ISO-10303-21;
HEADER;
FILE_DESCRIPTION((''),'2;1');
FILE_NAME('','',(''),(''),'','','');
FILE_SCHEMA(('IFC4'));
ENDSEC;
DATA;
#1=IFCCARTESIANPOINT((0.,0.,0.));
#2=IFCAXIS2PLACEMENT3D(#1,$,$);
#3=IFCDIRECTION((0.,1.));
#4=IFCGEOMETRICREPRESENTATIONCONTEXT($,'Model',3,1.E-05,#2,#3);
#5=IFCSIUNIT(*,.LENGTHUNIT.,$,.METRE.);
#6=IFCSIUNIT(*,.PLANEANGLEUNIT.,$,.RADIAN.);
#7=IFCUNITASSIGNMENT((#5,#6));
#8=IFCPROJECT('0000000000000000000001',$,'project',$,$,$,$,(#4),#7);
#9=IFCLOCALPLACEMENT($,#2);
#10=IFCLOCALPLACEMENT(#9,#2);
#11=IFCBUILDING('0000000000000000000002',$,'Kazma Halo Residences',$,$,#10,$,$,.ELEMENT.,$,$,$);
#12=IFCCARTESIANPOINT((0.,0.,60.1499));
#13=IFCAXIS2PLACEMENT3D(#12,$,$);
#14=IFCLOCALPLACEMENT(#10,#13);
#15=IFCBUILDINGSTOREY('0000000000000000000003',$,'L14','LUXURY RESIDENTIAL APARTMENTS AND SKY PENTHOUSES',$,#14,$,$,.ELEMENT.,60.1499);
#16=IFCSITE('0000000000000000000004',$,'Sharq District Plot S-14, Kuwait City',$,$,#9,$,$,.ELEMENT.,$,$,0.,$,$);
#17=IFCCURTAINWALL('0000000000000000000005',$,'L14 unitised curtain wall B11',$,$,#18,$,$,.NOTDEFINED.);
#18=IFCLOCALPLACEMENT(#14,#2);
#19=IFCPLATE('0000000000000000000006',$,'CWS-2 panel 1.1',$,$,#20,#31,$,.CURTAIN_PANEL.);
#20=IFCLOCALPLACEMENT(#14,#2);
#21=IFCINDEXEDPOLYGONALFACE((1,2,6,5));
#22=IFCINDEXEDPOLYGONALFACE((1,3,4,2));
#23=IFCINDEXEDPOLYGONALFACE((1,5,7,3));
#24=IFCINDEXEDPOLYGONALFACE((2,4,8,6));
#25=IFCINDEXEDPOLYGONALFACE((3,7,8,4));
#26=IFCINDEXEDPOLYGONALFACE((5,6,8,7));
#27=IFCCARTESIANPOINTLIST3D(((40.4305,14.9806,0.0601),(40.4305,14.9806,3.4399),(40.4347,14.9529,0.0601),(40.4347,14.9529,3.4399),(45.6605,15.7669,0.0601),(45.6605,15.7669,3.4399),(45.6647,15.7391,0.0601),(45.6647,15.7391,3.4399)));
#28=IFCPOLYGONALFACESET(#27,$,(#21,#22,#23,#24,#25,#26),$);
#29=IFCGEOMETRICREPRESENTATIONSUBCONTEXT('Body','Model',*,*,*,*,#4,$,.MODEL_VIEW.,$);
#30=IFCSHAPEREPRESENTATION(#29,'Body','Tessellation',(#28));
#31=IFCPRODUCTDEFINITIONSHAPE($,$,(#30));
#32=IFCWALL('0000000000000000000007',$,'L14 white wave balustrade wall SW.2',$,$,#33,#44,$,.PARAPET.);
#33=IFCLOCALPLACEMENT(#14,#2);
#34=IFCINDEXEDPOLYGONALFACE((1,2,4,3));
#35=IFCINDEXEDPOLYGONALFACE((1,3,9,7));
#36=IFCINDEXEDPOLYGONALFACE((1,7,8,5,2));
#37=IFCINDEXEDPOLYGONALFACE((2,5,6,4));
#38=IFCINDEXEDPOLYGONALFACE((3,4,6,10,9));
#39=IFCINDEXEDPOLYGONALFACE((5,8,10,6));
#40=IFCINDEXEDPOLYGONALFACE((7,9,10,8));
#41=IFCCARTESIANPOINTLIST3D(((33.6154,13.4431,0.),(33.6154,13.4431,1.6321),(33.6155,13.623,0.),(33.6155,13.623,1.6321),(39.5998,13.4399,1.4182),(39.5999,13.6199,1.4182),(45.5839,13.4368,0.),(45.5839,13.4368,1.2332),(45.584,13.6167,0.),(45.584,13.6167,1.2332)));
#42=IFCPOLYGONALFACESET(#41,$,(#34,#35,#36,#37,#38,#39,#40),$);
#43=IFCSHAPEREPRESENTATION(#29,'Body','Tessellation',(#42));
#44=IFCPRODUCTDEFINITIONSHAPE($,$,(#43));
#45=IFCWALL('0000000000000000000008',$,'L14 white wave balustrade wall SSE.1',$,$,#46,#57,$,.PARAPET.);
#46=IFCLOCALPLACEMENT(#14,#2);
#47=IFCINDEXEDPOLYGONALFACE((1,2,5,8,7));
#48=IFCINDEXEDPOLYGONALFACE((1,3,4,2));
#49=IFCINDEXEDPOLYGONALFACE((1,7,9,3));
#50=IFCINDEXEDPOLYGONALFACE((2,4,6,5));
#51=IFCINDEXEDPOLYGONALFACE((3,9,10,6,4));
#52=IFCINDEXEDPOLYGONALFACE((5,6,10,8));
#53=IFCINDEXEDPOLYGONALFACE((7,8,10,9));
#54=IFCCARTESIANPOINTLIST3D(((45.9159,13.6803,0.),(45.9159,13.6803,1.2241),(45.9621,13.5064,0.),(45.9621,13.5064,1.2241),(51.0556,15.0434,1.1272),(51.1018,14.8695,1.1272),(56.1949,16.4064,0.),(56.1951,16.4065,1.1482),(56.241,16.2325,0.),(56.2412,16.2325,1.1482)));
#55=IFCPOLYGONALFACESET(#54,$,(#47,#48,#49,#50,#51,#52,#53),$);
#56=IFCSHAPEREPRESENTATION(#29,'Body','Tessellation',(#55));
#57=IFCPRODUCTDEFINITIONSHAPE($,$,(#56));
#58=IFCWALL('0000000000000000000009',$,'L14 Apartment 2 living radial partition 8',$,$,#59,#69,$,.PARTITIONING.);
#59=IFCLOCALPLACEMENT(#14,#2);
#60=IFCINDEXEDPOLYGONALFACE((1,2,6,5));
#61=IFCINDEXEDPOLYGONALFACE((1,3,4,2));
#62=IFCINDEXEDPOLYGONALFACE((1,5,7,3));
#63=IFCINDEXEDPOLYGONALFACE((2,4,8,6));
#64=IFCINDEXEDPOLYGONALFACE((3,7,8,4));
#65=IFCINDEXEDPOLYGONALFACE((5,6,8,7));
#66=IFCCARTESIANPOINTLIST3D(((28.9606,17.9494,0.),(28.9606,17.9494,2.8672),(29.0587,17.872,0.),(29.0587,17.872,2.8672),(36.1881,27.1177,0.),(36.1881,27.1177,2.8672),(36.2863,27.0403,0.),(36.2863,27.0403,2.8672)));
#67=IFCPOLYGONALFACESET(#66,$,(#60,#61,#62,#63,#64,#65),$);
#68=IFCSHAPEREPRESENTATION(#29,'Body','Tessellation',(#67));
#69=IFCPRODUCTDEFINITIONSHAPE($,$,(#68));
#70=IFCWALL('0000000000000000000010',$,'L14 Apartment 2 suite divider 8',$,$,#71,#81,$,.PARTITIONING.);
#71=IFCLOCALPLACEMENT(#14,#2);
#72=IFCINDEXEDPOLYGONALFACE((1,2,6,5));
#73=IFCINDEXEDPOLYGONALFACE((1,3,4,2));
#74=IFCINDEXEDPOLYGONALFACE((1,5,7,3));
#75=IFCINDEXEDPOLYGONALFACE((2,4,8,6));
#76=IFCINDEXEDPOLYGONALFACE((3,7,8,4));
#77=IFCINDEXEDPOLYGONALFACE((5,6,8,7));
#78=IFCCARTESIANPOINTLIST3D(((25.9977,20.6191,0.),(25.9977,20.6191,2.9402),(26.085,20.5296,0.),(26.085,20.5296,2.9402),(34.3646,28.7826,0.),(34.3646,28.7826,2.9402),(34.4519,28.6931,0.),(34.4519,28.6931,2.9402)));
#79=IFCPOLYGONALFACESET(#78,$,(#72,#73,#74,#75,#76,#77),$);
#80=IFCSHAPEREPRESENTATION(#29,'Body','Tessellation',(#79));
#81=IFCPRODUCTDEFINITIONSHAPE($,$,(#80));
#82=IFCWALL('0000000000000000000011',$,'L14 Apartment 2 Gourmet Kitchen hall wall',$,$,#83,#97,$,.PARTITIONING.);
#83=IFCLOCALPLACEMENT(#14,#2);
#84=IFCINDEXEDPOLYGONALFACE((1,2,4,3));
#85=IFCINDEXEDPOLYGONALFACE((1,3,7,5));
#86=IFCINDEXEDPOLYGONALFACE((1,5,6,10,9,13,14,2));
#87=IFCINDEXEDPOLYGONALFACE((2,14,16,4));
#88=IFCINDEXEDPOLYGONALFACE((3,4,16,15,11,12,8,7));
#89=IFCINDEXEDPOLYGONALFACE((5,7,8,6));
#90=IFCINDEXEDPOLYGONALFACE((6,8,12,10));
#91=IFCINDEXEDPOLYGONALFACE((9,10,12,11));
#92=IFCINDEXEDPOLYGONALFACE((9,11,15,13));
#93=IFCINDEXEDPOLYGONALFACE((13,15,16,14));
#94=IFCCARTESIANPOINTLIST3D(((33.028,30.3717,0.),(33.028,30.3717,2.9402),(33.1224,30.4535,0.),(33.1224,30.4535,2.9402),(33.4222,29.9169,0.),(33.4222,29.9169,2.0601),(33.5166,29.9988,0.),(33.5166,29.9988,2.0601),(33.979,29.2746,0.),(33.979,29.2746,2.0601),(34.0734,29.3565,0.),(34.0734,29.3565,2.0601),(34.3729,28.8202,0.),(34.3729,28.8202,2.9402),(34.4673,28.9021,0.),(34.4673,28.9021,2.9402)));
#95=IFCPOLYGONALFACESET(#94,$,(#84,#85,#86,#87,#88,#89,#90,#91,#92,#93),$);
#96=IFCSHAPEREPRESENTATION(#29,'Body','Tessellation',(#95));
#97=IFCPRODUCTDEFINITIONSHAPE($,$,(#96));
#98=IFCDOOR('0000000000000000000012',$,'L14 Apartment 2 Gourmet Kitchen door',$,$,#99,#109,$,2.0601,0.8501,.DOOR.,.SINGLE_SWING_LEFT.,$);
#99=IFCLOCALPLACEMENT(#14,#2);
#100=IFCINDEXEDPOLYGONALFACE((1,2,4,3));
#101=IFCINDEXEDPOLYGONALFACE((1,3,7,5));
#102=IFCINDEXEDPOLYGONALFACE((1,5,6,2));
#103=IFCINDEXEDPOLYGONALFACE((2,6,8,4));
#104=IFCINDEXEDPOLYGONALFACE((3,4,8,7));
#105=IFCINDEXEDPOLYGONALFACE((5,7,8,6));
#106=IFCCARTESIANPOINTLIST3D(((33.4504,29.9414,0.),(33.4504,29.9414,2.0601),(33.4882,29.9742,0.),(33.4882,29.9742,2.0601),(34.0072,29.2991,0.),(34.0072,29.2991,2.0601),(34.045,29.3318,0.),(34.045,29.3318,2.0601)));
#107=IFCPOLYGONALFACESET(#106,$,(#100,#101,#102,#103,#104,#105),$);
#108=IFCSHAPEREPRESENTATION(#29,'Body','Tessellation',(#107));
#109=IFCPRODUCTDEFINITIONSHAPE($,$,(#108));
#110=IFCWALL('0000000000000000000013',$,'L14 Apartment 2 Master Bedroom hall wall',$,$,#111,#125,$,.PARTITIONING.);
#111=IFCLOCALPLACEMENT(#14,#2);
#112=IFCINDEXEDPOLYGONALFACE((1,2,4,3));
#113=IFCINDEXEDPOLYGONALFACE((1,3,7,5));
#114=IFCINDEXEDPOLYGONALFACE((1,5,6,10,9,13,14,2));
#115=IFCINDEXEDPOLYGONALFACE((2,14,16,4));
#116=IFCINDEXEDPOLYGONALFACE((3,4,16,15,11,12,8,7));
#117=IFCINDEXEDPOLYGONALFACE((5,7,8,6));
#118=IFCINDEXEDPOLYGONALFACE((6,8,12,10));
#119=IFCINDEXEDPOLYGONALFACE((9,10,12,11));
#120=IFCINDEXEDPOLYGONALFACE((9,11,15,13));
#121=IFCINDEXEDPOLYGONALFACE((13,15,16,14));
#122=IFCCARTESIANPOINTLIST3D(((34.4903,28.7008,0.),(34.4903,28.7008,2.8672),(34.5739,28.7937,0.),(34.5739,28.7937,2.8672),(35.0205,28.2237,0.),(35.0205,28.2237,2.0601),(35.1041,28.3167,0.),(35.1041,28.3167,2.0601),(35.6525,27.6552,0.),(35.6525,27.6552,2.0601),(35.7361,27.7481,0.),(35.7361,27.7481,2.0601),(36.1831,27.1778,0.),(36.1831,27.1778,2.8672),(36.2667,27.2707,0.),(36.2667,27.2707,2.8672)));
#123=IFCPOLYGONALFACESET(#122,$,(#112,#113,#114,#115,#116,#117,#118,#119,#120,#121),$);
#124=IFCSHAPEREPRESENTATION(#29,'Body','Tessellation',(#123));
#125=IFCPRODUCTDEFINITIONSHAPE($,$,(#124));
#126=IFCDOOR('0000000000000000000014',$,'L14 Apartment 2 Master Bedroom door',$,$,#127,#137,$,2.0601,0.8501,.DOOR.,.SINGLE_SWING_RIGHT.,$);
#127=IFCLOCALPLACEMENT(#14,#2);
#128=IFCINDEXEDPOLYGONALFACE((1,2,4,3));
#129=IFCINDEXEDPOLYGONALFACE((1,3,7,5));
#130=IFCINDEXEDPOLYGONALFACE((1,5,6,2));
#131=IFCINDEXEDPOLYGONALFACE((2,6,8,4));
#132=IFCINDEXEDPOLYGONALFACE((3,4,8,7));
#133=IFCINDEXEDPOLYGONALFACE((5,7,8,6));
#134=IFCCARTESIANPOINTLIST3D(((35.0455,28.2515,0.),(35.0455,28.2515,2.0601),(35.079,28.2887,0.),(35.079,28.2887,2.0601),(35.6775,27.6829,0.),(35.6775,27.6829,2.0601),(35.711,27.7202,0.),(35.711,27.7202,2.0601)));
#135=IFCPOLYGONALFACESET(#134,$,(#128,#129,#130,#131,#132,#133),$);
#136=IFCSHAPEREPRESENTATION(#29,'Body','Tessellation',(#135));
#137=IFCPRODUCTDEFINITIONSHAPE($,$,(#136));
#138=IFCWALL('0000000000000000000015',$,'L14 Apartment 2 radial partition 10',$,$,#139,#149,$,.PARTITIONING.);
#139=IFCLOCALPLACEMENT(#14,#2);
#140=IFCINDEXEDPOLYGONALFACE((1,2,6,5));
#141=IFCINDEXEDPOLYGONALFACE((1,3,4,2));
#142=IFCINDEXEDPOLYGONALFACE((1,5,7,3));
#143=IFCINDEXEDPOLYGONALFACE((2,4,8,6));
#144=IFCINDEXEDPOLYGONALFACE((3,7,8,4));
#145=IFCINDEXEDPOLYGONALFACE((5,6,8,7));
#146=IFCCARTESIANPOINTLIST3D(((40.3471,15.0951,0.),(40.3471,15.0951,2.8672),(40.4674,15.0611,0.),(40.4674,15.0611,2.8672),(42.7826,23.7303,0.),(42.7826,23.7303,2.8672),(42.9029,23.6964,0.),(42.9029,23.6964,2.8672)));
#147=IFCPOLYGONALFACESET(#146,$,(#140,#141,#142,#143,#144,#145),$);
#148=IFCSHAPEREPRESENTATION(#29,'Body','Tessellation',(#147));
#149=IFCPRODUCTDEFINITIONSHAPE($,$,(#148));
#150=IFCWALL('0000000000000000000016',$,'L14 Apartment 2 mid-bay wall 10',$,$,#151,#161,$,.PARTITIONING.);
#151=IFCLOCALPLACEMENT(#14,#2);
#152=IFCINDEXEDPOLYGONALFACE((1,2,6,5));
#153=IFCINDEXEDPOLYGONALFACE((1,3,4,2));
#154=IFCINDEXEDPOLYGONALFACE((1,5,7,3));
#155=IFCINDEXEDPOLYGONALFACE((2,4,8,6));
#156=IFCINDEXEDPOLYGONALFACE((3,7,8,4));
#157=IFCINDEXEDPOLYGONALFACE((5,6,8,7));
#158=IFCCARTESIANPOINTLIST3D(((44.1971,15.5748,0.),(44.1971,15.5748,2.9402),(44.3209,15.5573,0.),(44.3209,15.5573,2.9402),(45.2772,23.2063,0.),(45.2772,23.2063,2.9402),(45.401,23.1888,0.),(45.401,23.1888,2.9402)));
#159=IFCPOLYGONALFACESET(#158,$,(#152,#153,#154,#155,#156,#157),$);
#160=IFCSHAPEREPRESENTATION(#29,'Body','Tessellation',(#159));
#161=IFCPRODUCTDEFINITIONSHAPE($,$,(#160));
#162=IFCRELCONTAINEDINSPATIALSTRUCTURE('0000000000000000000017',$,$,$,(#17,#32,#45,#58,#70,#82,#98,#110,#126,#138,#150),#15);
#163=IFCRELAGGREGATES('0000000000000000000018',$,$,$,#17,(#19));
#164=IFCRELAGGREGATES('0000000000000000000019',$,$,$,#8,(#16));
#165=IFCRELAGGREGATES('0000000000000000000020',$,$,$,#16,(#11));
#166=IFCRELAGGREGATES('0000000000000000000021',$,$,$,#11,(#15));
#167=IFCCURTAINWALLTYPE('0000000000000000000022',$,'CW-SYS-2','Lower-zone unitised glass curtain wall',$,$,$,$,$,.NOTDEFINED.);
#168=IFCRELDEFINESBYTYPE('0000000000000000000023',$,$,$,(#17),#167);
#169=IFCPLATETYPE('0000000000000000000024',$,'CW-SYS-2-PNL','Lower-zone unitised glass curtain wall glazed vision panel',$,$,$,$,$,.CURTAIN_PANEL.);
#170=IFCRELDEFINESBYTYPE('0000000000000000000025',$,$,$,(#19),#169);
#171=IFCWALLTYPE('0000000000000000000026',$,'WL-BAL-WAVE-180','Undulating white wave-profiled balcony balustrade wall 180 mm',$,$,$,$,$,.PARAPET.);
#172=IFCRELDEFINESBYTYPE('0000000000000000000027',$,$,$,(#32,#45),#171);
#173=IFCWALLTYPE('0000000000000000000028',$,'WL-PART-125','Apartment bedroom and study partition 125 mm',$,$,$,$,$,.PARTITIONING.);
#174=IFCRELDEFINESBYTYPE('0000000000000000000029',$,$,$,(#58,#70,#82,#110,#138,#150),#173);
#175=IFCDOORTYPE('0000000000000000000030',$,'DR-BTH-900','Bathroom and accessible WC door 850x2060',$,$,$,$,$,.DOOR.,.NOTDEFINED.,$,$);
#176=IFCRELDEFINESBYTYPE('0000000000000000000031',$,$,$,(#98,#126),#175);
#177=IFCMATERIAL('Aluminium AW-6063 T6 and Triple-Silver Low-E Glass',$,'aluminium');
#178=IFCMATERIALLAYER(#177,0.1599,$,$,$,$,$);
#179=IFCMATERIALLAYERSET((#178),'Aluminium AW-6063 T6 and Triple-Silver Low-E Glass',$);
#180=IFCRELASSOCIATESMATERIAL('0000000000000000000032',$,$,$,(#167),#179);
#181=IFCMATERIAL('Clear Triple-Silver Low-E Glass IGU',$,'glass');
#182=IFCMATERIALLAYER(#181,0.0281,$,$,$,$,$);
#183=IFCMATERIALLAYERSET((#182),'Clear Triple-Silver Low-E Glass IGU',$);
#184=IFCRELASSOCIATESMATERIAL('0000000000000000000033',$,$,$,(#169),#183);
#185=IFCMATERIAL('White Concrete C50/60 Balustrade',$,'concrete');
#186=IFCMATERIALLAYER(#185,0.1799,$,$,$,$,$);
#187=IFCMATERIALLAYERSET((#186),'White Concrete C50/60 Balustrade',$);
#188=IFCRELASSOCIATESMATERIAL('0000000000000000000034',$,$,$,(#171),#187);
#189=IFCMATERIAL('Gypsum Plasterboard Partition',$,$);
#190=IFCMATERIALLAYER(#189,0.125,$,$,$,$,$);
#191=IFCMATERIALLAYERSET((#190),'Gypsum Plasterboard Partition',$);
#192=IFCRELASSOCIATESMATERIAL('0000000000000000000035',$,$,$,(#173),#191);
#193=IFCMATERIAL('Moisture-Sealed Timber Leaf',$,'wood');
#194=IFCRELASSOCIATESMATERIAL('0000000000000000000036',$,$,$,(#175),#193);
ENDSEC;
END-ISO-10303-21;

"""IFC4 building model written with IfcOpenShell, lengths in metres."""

from ifc_helpers import new_model, si_unit, direction, frame, frame_2d, origin, origin_2d, place, context, subcontext, project, spatial, polyline, rectangle, outline, extrude, material, layer, layer_set, type_object, element, fill, aggregate, save


model = new_model("IFC4")

# Units and contexts
model_context = context("Model", 3, precision=1e-05, world=origin(), true_north=direction((0.0, 1.0)))
body_context = subcontext(model_context, "Body", "Model", "MODEL_VIEW")
ifc_project = project(units=[si_unit("LENGTHUNIT", "METRE"), si_unit("PLANEANGLEUNIT", "RADIAN")], contexts=[model_context])

# Site, building, storey
site_placement = place(None, origin())
site = spatial("IfcSite", under=ifc_project, at=site_placement, Name="Sharq District Plot S-14, Kuwait City", CompositionType="ELEMENT", RefElevation=0.0)
building_placement = place(site_placement, origin())
building = spatial("IfcBuilding", under=site, at=building_placement, Name="Kazma Halo Residences", CompositionType="ELEMENT")
storey_placement = place(building_placement, frame((0.0, 0.0, 60.1499)))
storey = spatial("IfcBuildingStorey", under=building, at=storey_placement, Name="L14", Description="LUXURY RESIDENTIAL APARTMENTS AND SKY PENTHOUSES", CompositionType="ELEMENT", Elevation=60.1499)

# Curtain wall, plate
ifc_material_1 = material(Name="Aluminium AW-6063 T6 and Triple-Silver Low-E Glass", Category="aluminium")
ifc_layer_1 = layer(ifc_material_1, 0.1599)
ifc_layer_set_1 = layer_set([ifc_layer_1], Name="Aluminium AW-6063 T6 and Triple-Silver Low-E Glass")
curtain_wall_type = type_object("IfcCurtainWallType", Name="CW-SYS-2", Description="Lower-zone unitised glass curtain wall", PredefinedType="NOTDEFINED", material=ifc_layer_set_1)
curtain_wall_placement = place(storey_placement, origin())
curtain_wall = element("IfcCurtainWall", 1, at=curtain_wall_placement, inside=storey, type_object=curtain_wall_type, Name="L14 unitised curtain wall B11", PredefinedType="NOTDEFINED")
ifc_material_2 = material(Name="Clear Triple-Silver Low-E Glass IGU", Category="glass")
ifc_layer_2 = layer(ifc_material_2, 0.0281)
ifc_layer_set_2 = layer_set([ifc_layer_2], Name="Clear Triple-Silver Low-E Glass IGU")
plate_type = type_object("IfcPlateType", Name="CW-SYS-2-PNL", Description="Lower-zone unitised glass curtain wall glazed vision panel", PredefinedType="CURTAIN_PANEL", material=ifc_layer_set_2)
plate_placement = place(storey_placement, frame((43.0476, 15.3599, 0.0601), z_axis=(0.0, 0.0, 1.0), x_axis=(0.988889, 0.148657, 0.0)))
plate = element("IfcPlate", 2, at=plate_placement, type_object=plate_type, Name="CWS-2 panel 1.1", PredefinedType="CURTAIN_PANEL", context=body_context, shape_type="SweptSolid", body=[
    extrude(rectangle(XDim=5.2888, YDim=0.0281, at=origin_2d()), origin(), (0.0, 0.0, 1.0), 3.3799),
])
aggregate(curtain_wall, [plate])

# Walls
ifc_material_3 = material(Name="White Concrete C50/60 Balustrade", Category="concrete")
ifc_layer_3 = layer(ifc_material_3, 0.1799)
ifc_layer_set_3 = layer_set([ifc_layer_3], Name="White Concrete C50/60 Balustrade")
wall_type_1 = type_object("IfcWallType", Name="WL-BAL-WAVE-180", Description="Undulating white wave-profiled balcony balustrade wall 180 mm", PredefinedType="PARAPET", material=ifc_layer_set_3)
wall_1_placement = place(storey_placement, frame((33.6155, 13.5332, 0.0), z_axis=(0.0, 0.0, 1.0), x_axis=(1.0, -0.00053, 0.0)))
element("IfcWall", 3, at=wall_1_placement, inside=storey, type_object=wall_type_1, Name="L14 white wave balustrade wall SW.2", PredefinedType="PARAPET", context=body_context, shape_type="SweptSolid", body=[
    extrude(outline(polyline([(0.0, 0.0), (11.9685, 0.0), (11.9685, 1.2332), (5.9844, 1.4182), (0.0, 1.6321), (0.0, 0.0)])), frame((0.0, 0.0898, 0.0), z_axis=(0.0, -1.0, 0.0), x_axis=(1.0, 0.0, 0.0)), (0.0, 0.0, 1.0), 0.1799),
])
wall_2_placement = place(storey_placement, frame((45.939, 13.5935, 0.0), z_axis=(0.0, 0.0, 1.0), x_axis=(0.966585, 0.256345, 0.0)))
element("IfcWall", 4, at=wall_2_placement, inside=storey, type_object=wall_type_1, Name="L14 white wave balustrade wall SSE.1", PredefinedType="PARAPET", context=body_context, shape_type="SweptSolid", body=[
    extrude(outline(polyline([(0.0, 0.0), (10.6343, 0.0), (10.6345, 1.1482), (5.3174, 1.1272), (0.0, 1.2241), (0.0, 0.0)])), frame((0.0, 0.0898, 0.0), z_axis=(0.0, -1.0, 0.0), x_axis=(1.0, 0.0, 0.0)), (0.0, 0.0, 1.0), 0.1799),
])
ifc_material_4 = material(Name="Gypsum Plasterboard Partition")
ifc_layer_4 = layer(ifc_material_4, 0.125)
ifc_layer_set_4 = layer_set([ifc_layer_4], Name="Gypsum Plasterboard Partition")
wall_type_2 = type_object("IfcWallType", Name="WL-PART-125", Description="Apartment bedroom and study partition 125 mm", PredefinedType="PARTITIONING", material=ifc_layer_set_4)
wall_3_placement = place(storey_placement, frame((36.2373, 27.0791, 0.0), z_axis=(0.0, 0.0, 1.0), x_axis=(-0.619089, -0.785321, 0.0)))
element("IfcWall", 5, at=wall_3_placement, inside=storey, type_object=wall_type_2, Name="L14 Apartment 2 living radial partition 8", PredefinedType="PARTITIONING", context=body_context, shape_type="SweptSolid", body=[
    extrude(rectangle(XDim=11.6746, YDim=0.125, at=frame_2d((5.8374, 0.0))), origin(), (0.0, 0.0, 1.0), 2.8672),
])
wall_4_placement = place(storey_placement, frame((34.4082, 28.7378, 0.0), z_axis=(0.0, 0.0, 1.0), x_axis=(-0.715752, -0.698355, 0.0)))
element("IfcWall", 6, at=wall_4_placement, inside=storey, type_object=wall_type_2, Name="L14 Apartment 2 suite divider 8", PredefinedType="PARTITIONING", context=body_context, shape_type="SweptSolid", body=[
    extrude(rectangle(XDim=11.6897, YDim=0.125, at=frame_2d((5.8447, 0.0))), origin(), (0.0, 0.0, 1.0), 2.9402),
])

# Walls, openings, doors
wall_5_placement = place(storey_placement, frame((33.0752, 30.4126, 0.0), z_axis=(0.0, 0.0, 1.0), x_axis=(0.655021, -0.755611, 0.0)))
wall_5 = element("IfcWall", 7, at=wall_5_placement, inside=storey, type_object=wall_type_2, Name="L14 Apartment 2 Gourmet Kitchen hall wall", PredefinedType="PARTITIONING", context=body_context, shape_type="SweptSolid", body=[
    extrude(rectangle(XDim=2.0532, YDim=0.125, at=frame_2d((1.0266, 0.0))), origin(), (0.0, 0.0, 1.0), 2.9402),
])
opening_1_placement = place(wall_5_placement, frame((0.6018, 0.0, 0.0)))
opening_1 = element("IfcOpeningElement", 8, at=opening_1_placement, cuts=wall_5, PredefinedType="OPENING", context=body_context, shape_type="SweptSolid", body=[
    extrude(rectangle(XDim=0.8501, YDim=2.0601, at=frame_2d((0.425, 1.03))), frame((0.0, 0.0725, 0.0), z_axis=(0.0, -1.0, 0.0), x_axis=(1.0, 0.0, 0.0)), (0.0, 0.0, 1.0), 0.145),
])
ifc_material_5 = material(Name="Moisture-Sealed Timber Leaf", Category="wood")
door_type_1 = type_object("IfcDoorType", Name="DR-BTH-900", Description="Bathroom and accessible WC door 850x2060", OperationType="NOTDEFINED", PredefinedType="DOOR", material=ifc_material_5)
door_1_placement = place(opening_1_placement, origin())
door_1 = element("IfcDoor", 9, at=door_1_placement, inside=storey, type_object=door_type_1, Name="L14 Apartment 2 Gourmet Kitchen door", OperationType="SINGLE_SWING_LEFT", OverallHeight=2.0601, OverallWidth=0.8501, PredefinedType="DOOR", context=body_context, shape_type="SweptSolid", body=[
    extrude(rectangle(XDim=0.8501, YDim=2.0601, at=frame_2d((0.425, 1.03))), frame((0.0, 0.0249, 0.0), z_axis=(0.0, -1.0, 0.0), x_axis=(1.0, 0.0, 0.0)), (0.0, 0.0, 1.0), 0.05),
])
fill(opening_1, door_1)
wall_6_placement = place(storey_placement, frame((34.532, 28.7473, 0.0), z_axis=(0.0, 0.0, 1.0), x_axis=(0.743433, -0.668811, 0.0)))
wall_6 = element("IfcWall", 10, at=wall_6_placement, inside=storey, type_object=wall_type_2, Name="L14 Apartment 2 Master Bedroom hall wall", PredefinedType="PARTITIONING", context=body_context, shape_type="SweptSolid", body=[
    extrude(rectangle(XDim=2.2771, YDim=0.125, at=frame_2d((1.1387, 0.0))), origin(), (0.0, 0.0, 1.0), 2.8672),
])
opening_2_placement = place(wall_6_placement, frame((0.7134, 0.0, 0.0)))
opening_2 = element("IfcOpeningElement", 11, at=opening_2_placement, cuts=wall_6, PredefinedType="OPENING", context=body_context, shape_type="SweptSolid", body=[
    extrude(rectangle(XDim=0.8501, YDim=2.0601, at=frame_2d((0.425, 1.03))), frame((0.0, 0.0725, 0.0), z_axis=(0.0, -1.0, 0.0), x_axis=(1.0, 0.0, 0.0)), (0.0, 0.0, 1.0), 0.145),
])
door_2_placement = place(opening_2_placement, origin())
door_2 = element("IfcDoor", 12, at=door_2_placement, inside=storey, type_object=door_type_1, Name="L14 Apartment 2 Master Bedroom door", OperationType="SINGLE_SWING_RIGHT", OverallHeight=2.0601, OverallWidth=0.8501, PredefinedType="DOOR", context=body_context, shape_type="SweptSolid", body=[
    extrude(rectangle(XDim=0.8501, YDim=2.0601, at=frame_2d((0.425, 1.03))), frame((0.0, 0.0249, 0.0), z_axis=(0.0, -1.0, 0.0), x_axis=(1.0, 0.0, 0.0)), (0.0, 0.0, 1.0), 0.05),
])
fill(opening_2, door_2)

# Walls
wall_7_placement = place(storey_placement, frame((42.8428, 23.7134, 0.0), z_axis=(0.0, 0.0, 1.0), x_axis=(-0.271456, -0.962451, 0.0)))
element("IfcWall", 13, at=wall_7_placement, inside=storey, type_object=wall_type_2, Name="L14 Apartment 2 radial partition 10", PredefinedType="PARTITIONING", context=body_context, shape_type="SweptSolid", body=[
    extrude(rectangle(XDim=8.9722, YDim=0.125, at=frame_2d((4.4861, 0.0))), origin(), (0.0, 0.0, 1.0), 2.8672),
])
wall_8_placement = place(storey_placement, frame((45.3391, 23.1975, 0.0), z_axis=(0.0, 0.0, 1.0), x_axis=(-0.140135, -0.990132, 0.0)))
element("IfcWall", 14, at=wall_8_placement, inside=storey, type_object=wall_type_2, Name="L14 Apartment 2 mid-bay wall 10", PredefinedType="PARTITIONING", context=body_context, shape_type="SweptSolid", body=[
    extrude(rectangle(XDim=7.7075, YDim=0.125, at=frame_2d((3.8538, 0.0))), origin(), (0.0, 0.0, 1.0), 2.9402),
])

save(model, "model.ifc")
